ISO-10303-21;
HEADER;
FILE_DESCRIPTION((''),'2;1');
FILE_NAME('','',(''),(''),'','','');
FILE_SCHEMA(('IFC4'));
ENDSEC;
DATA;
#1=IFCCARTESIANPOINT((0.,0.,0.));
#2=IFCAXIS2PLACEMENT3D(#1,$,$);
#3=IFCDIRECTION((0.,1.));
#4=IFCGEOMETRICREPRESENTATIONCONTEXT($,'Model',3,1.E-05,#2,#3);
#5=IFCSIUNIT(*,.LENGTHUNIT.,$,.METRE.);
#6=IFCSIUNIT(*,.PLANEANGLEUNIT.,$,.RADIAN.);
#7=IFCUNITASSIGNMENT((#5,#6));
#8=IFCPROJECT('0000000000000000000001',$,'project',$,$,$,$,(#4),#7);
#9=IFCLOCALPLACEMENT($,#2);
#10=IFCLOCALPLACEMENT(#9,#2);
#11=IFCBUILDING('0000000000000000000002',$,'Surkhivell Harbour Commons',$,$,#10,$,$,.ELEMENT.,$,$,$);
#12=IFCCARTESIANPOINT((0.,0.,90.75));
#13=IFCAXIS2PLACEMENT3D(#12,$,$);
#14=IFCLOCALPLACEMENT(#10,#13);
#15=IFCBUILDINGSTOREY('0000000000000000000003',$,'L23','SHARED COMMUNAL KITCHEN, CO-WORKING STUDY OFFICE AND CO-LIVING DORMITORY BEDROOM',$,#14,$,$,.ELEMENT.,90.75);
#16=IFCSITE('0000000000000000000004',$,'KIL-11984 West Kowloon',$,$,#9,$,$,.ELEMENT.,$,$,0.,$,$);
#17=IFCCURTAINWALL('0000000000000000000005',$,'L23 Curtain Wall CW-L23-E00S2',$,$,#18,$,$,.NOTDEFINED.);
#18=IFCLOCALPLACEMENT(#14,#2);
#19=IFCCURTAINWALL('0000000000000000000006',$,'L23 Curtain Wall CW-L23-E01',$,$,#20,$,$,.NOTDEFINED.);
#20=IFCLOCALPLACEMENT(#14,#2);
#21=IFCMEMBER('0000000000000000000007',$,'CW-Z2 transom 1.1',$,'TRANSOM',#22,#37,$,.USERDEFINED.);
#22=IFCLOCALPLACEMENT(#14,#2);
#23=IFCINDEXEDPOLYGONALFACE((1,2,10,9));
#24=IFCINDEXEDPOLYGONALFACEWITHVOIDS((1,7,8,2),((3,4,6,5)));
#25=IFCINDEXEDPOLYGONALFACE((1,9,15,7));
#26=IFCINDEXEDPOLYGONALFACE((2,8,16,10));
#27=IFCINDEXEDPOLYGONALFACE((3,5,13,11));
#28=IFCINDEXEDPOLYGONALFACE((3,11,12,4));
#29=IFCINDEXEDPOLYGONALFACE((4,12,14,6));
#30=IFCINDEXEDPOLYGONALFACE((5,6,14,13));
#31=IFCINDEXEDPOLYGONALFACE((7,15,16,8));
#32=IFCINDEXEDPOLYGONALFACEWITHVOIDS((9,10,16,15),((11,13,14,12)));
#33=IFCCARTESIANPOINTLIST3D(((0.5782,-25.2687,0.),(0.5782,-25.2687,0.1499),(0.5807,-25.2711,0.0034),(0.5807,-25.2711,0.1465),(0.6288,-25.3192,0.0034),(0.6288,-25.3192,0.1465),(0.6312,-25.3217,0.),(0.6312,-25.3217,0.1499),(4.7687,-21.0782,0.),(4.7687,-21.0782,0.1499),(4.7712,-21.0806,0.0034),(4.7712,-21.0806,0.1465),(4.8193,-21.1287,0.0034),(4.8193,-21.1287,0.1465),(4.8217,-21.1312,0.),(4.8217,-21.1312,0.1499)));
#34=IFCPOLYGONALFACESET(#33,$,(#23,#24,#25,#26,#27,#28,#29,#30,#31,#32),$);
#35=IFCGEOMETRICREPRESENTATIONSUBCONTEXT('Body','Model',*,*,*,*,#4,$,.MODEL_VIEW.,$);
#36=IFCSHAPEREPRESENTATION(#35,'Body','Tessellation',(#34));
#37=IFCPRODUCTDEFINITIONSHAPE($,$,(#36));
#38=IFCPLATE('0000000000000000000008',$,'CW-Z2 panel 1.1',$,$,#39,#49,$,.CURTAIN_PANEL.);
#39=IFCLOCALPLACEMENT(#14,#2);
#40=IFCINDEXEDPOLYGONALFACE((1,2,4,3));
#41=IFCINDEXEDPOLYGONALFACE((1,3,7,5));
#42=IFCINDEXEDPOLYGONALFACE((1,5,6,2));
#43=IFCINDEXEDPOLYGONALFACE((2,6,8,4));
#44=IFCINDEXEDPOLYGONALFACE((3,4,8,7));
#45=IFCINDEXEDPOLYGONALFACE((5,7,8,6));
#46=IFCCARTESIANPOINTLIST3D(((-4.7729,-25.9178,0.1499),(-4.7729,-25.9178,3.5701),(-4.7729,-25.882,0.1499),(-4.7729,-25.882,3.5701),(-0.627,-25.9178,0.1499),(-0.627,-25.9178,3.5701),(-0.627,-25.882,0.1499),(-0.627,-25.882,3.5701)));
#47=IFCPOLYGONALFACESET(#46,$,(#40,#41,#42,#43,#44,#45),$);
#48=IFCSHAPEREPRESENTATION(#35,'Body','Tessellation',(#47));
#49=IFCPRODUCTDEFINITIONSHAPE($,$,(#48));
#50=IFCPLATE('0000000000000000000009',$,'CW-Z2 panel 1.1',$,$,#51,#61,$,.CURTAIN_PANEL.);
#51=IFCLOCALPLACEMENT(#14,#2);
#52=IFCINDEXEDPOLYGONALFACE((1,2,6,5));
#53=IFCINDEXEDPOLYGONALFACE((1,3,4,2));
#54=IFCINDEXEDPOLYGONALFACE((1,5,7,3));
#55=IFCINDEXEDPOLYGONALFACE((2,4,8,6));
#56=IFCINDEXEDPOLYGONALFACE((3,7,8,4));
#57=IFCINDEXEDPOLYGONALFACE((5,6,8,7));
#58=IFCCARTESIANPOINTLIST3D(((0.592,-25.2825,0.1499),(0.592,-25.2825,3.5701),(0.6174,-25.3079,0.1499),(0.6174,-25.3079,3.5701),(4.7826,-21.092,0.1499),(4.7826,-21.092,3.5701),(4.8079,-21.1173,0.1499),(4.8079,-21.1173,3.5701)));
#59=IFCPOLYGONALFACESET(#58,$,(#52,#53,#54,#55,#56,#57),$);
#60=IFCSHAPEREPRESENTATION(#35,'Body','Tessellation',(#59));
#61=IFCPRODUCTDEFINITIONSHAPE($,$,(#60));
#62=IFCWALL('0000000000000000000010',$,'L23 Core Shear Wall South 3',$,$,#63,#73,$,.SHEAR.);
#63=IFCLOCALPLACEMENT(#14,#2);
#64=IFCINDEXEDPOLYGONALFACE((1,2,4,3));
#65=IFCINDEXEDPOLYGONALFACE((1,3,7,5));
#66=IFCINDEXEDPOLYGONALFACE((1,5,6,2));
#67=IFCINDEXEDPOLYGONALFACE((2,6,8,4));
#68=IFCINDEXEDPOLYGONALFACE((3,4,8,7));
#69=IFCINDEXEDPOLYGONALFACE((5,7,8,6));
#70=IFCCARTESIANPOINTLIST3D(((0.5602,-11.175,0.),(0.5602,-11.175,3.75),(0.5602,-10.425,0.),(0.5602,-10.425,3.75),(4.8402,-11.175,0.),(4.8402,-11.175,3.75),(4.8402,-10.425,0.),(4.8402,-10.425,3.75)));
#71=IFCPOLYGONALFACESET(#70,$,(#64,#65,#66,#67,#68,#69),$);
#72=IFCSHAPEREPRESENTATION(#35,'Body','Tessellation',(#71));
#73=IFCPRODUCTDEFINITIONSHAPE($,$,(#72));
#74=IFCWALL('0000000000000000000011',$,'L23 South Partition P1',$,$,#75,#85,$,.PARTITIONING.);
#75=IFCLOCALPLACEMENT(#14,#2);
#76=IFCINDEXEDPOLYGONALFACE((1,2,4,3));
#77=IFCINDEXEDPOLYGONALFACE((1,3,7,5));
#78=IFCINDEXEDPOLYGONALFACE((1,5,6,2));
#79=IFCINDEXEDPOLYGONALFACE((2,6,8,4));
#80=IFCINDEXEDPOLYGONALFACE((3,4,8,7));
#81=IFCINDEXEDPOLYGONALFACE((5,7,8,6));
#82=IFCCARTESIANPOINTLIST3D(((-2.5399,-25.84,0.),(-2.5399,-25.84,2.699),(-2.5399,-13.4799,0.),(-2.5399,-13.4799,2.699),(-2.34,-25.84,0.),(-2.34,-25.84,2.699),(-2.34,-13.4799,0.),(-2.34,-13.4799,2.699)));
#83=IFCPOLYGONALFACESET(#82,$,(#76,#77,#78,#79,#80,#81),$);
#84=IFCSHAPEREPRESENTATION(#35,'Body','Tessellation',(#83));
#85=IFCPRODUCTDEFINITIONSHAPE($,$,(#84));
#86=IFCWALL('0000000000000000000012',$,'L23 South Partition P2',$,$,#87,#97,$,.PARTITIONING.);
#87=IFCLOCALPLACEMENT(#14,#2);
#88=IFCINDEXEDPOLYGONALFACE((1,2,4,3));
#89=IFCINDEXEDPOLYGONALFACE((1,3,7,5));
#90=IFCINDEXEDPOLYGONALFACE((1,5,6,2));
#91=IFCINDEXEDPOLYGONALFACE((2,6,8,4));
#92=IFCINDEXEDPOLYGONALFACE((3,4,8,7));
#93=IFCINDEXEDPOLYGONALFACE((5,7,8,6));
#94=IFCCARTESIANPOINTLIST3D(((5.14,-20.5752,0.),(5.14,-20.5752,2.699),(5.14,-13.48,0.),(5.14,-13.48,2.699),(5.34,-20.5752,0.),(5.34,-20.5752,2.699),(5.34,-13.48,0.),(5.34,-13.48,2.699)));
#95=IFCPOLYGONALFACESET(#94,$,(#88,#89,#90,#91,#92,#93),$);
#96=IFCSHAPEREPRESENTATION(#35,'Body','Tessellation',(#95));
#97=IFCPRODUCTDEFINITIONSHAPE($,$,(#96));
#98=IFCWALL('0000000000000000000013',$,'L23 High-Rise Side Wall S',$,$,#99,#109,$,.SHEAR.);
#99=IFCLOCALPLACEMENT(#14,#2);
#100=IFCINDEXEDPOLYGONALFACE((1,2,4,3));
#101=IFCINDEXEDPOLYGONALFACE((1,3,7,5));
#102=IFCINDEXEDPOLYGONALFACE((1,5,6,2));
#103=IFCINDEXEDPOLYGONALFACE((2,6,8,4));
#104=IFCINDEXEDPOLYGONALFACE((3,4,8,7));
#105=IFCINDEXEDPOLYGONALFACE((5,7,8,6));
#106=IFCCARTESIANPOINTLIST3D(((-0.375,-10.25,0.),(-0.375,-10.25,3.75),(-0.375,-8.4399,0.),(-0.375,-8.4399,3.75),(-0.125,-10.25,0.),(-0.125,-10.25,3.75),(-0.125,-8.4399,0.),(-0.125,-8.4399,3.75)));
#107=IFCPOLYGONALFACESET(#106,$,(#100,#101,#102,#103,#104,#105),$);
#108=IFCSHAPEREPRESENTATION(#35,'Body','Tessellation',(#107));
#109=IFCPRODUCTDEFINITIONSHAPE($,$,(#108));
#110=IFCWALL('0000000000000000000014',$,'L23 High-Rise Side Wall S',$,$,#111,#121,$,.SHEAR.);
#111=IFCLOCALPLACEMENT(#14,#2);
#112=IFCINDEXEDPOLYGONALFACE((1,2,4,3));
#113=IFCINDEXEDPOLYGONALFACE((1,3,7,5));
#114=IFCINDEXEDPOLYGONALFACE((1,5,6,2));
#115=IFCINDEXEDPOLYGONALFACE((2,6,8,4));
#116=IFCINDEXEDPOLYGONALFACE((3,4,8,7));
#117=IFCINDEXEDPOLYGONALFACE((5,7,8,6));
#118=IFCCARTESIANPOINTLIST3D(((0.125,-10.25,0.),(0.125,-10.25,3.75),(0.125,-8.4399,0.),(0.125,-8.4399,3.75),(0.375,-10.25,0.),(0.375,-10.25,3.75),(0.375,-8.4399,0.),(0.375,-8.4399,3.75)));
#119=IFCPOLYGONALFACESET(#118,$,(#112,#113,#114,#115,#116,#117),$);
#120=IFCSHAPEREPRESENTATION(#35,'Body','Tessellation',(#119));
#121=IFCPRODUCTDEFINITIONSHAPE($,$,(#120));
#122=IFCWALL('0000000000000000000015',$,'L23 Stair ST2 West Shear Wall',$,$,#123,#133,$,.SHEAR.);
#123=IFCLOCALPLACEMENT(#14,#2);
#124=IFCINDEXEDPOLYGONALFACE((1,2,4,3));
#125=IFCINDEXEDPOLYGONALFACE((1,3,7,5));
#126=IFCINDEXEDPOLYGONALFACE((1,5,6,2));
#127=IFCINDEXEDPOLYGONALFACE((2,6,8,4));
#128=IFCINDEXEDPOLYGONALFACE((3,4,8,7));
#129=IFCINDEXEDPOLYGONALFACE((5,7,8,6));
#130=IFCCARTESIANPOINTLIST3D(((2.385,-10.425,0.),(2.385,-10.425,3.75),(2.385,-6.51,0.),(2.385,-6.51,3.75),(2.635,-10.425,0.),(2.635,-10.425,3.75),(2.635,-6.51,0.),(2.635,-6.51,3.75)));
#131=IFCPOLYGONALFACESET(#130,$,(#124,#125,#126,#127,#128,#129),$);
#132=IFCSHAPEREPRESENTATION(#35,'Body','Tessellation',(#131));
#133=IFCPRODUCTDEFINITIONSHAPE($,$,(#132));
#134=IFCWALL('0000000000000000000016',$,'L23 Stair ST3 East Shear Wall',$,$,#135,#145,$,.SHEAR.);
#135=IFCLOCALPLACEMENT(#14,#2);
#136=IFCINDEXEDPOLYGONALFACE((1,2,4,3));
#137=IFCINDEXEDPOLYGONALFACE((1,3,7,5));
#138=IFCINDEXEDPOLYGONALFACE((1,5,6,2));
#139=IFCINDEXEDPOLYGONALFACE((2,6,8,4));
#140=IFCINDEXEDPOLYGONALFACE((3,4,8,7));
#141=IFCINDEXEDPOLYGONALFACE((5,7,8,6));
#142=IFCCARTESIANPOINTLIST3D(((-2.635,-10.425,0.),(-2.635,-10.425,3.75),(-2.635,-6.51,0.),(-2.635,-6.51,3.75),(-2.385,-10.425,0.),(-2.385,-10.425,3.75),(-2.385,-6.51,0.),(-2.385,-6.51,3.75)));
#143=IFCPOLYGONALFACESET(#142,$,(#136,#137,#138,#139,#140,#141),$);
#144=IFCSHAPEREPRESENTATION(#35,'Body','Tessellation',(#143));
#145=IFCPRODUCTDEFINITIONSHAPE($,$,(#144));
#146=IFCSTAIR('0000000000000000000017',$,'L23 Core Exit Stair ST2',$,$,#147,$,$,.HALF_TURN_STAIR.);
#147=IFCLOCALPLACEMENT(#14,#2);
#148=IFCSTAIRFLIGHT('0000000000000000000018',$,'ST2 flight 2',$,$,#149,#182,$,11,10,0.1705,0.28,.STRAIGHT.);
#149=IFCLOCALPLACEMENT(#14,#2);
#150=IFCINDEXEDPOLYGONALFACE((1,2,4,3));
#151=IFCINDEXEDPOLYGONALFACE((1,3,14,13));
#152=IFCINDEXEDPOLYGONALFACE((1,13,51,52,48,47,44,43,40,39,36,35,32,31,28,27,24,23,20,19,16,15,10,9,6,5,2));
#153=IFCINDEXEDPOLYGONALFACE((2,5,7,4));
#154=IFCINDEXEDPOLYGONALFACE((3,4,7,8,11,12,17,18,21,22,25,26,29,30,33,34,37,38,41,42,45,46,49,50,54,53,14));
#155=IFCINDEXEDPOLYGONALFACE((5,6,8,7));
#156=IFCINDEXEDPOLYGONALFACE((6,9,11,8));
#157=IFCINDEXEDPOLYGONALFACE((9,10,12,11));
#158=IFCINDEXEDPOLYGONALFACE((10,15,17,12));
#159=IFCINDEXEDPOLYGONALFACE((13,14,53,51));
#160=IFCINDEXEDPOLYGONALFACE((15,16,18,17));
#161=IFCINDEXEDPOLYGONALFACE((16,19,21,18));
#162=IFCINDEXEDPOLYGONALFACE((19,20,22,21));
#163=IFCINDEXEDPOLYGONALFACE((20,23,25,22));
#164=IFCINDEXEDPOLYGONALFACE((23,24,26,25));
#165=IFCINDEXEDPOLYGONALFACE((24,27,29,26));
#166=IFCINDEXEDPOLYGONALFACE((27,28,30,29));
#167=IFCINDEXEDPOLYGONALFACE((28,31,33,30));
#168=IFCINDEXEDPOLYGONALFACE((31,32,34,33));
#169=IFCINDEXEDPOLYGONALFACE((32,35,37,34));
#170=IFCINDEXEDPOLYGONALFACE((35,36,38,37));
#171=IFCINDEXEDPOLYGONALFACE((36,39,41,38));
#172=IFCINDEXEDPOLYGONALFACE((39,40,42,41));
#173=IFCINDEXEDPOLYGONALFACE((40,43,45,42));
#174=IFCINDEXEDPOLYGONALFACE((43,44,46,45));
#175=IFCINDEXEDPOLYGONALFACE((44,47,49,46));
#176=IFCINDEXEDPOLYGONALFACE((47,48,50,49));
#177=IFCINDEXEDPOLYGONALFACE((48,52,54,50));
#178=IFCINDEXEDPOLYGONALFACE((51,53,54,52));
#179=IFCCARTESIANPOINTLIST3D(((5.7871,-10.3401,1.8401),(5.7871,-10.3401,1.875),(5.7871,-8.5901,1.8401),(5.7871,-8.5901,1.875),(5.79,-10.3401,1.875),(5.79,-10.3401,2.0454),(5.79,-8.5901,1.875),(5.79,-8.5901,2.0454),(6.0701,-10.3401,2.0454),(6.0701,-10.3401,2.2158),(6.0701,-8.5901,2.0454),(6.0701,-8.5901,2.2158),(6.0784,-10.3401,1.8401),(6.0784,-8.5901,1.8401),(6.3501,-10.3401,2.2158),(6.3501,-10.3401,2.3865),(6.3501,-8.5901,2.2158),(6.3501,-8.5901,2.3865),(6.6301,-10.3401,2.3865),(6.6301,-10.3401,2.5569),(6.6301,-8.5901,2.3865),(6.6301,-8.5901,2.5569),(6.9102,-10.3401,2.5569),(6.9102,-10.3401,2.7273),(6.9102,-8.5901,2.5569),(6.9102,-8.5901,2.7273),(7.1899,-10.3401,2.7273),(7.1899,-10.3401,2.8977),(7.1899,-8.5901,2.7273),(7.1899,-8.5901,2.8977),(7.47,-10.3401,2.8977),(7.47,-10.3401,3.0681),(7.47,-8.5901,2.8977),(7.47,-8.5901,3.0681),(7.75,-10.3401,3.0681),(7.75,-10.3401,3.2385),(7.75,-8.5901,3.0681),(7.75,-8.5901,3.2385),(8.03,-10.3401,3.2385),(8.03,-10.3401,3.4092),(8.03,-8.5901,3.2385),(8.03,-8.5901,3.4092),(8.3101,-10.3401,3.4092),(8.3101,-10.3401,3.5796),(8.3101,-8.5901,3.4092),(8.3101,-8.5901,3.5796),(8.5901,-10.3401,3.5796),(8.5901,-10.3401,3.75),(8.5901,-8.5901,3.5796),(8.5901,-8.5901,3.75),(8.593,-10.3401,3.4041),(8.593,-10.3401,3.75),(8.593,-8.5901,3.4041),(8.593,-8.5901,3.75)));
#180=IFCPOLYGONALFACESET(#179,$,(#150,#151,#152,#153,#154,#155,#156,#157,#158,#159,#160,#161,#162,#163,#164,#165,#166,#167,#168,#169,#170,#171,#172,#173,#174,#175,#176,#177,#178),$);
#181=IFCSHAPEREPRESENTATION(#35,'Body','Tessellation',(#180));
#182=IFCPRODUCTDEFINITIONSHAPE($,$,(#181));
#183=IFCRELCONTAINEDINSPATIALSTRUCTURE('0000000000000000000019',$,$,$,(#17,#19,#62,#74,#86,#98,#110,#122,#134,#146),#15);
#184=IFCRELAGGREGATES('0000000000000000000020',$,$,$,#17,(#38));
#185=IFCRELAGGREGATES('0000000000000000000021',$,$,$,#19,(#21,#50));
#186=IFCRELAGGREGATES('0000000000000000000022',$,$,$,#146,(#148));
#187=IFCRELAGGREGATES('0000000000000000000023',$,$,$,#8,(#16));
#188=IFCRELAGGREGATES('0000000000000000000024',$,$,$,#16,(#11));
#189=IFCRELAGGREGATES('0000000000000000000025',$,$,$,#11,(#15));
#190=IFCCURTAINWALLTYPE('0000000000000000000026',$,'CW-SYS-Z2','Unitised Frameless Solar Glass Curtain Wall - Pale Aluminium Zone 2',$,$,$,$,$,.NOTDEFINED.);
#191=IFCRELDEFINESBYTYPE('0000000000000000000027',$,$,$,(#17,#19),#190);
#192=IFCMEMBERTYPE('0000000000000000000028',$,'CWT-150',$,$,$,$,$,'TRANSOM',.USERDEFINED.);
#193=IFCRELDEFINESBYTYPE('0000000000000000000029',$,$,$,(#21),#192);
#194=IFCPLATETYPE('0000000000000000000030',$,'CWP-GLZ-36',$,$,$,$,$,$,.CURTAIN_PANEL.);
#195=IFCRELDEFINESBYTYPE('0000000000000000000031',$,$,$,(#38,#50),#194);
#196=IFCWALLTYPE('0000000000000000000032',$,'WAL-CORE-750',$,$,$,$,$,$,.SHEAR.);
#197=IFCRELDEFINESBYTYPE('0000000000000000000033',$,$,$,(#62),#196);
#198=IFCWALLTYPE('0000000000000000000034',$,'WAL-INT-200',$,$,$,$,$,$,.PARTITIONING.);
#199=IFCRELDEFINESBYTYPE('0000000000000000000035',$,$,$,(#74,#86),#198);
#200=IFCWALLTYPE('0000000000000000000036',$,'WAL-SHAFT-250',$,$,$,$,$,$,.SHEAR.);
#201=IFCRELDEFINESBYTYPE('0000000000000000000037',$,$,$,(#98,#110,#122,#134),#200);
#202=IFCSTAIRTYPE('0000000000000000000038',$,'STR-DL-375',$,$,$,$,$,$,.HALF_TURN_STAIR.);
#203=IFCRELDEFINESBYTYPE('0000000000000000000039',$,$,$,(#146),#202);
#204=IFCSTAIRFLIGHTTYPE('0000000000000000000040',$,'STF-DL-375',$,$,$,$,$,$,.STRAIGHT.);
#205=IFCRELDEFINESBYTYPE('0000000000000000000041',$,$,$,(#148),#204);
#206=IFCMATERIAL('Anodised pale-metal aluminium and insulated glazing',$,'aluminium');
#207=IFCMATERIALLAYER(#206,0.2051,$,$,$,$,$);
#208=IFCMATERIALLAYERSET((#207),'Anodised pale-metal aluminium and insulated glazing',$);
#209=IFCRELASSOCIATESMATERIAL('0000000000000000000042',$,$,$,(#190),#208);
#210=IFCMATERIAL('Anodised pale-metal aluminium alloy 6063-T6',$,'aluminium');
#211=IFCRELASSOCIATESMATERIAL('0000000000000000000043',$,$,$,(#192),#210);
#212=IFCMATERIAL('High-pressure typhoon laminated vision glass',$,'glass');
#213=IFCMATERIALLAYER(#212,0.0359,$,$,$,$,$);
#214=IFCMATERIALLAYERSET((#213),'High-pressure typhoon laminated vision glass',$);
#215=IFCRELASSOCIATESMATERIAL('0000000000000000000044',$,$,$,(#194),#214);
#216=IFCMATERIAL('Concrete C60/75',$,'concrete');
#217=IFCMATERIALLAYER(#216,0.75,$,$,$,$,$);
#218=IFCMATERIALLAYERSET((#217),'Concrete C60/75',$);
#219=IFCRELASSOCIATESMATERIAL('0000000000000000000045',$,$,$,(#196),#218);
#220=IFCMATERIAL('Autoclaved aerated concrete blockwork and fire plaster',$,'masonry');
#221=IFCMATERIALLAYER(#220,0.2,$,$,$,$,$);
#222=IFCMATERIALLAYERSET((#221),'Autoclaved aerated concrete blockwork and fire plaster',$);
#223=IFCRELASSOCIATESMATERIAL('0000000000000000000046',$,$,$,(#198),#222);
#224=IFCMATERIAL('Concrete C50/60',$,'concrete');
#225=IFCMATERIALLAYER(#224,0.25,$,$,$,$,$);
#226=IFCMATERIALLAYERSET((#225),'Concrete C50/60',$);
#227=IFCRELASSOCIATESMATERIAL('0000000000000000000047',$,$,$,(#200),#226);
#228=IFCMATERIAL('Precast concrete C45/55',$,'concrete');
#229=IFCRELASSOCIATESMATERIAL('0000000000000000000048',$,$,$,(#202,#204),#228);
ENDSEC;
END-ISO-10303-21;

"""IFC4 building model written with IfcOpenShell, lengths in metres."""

from ifc_helpers import new_model, si_unit, direction, frame, frame_2d, origin, origin_2d, place, context, subcontext, project, spatial, polyline, rectangle, hollow_rectangle, outline, extrude, material, layer, layer_set, material_profile, profile_set, type_object, element, aggregate, save


model = new_model("IFC4")

# Units and contexts
model_context = context("Model", 3, precision=1e-05, world=origin(), true_north=direction((0.0, 1.0)))
body_context = subcontext(model_context, "Body", "Model", "MODEL_VIEW")
ifc_project = project(units=[si_unit("LENGTHUNIT", "METRE"), si_unit("PLANEANGLEUNIT", "RADIAN")], contexts=[model_context])

# Site, building, storey
site_placement = place(None, origin())
site = spatial("IfcSite", under=ifc_project, at=site_placement, Name="KIL-11984 West Kowloon", CompositionType="ELEMENT", RefElevation=0.0)
building_placement = place(site_placement, origin())
building = spatial("IfcBuilding", under=site, at=building_placement, Name="Surkhivell Harbour Commons", CompositionType="ELEMENT")
storey_placement = place(building_placement, frame((0.0, 0.0, 90.75)))
storey = spatial("IfcBuildingStorey", under=building, at=storey_placement, Name="L23", Description="SHARED COMMUNAL KITCHEN, CO-WORKING STUDY OFFICE AND CO-LIVING DORMITORY BEDROOM", CompositionType="ELEMENT", Elevation=90.75)

# Shared definitions
ifc_material_1 = material(Name="Concrete C60/75", Category="concrete")

# Curtain wall
ifc_material_2 = material(Name="Anodised pale-metal aluminium and insulated glazing", Category="aluminium")
ifc_layer_1 = layer(ifc_material_2, 0.2051)
ifc_layer_set_1 = layer_set([ifc_layer_1], Name="Anodised pale-metal aluminium and insulated glazing")
curtain_wall_type = type_object("IfcCurtainWallType", Name="CW-SYS-Z2", Description="Unitised Frameless Solar Glass Curtain Wall - Pale Aluminium Zone 2", PredefinedType="NOTDEFINED", material=ifc_layer_set_1)
curtain_wall_1_placement = place(storey_placement, origin())
curtain_wall_1 = element("IfcCurtainWall", 1, at=curtain_wall_1_placement, inside=storey, type_object=curtain_wall_type, Name="L23 Curtain Wall CW-L23-E00S2", PredefinedType="NOTDEFINED")
ifc_material_3 = material(Name="Anodised pale-metal aluminium alloy 6063-T6", Category="aluminium")

# Curtain wall
curtain_wall_2_placement = place(storey_placement, origin())
curtain_wall_2 = element("IfcCurtainWall", 2, at=curtain_wall_2_placement, inside=storey, type_object=curtain_wall_type, Name="L23 Curtain Wall CW-L23-E01", PredefinedType="NOTDEFINED")

# Member
ifc_material_profile_1 = material_profile(ifc_material_3, hollow_rectangle(XDim=0.075, YDim=0.1499, WallThickness=0.0034, at=origin_2d()), Name="ALU-TRAN-75x150")
ifc_profile_set_1 = profile_set([ifc_material_profile_1], Name="Anodised pale-metal aluminium alloy 6063-T6")
member_type_1 = type_object("IfcMemberType", Name="CWT-150", ElementType="TRANSOM", PredefinedType="USERDEFINED", material=ifc_profile_set_1)
member_1_placement = place(storey_placement, frame((0.6047, -25.2952, 0.075), z_axis=(0.707107, 0.707107, 0.0), x_axis=(-0.707107, 0.707107, 0.0)))
member_1 = element("IfcMember", 3, at=member_1_placement, type_object=member_type_1, Name="CW-Z2 transom 1.1", ObjectType="TRANSOM", PredefinedType="USERDEFINED", context=body_context, shape_type="SweptSolid", body=[
    extrude(hollow_rectangle(XDim=0.075, YDim=0.1499, WallThickness=0.0034, at=origin_2d()), origin(), (0.0, 0.0, 1.0), 5.9263),
])

# Plates
ifc_material_4 = material(Name="High-pressure typhoon laminated vision glass", Category="glass")
ifc_layer_2 = layer(ifc_material_4, 0.0359)
ifc_layer_set_2 = layer_set([ifc_layer_2], Name="High-pressure typhoon laminated vision glass")
plate_type = type_object("IfcPlateType", Name="CWP-GLZ-36", PredefinedType="CURTAIN_PANEL", material=ifc_layer_set_2)
plate_1_placement = place(storey_placement, frame((-4.7729, -25.8999, 0.1499), z_axis=(0.0, 0.0, 1.0), x_axis=(1.0, 0.0, 0.0)))
plate_1 = element("IfcPlate", 4, at=plate_1_placement, type_object=plate_type, Name="CW-Z2 panel 1.1", PredefinedType="CURTAIN_PANEL", context=body_context, shape_type="SweptSolid", body=[
    extrude(rectangle(XDim=4.146, YDim=0.0359, at=frame_2d((2.073, 0.0))), origin(), (0.0, 0.0, 1.0), 3.4202),
])
aggregate(curtain_wall_1, [plate_1])
plate_2_placement = place(storey_placement, frame((0.6047, -25.2952, 0.1499), z_axis=(0.0, 0.0, 1.0), x_axis=(0.707107, 0.707107, 0.0)))
plate_2 = element("IfcPlate", 5, at=plate_2_placement, type_object=plate_type, Name="CW-Z2 panel 1.1", PredefinedType="CURTAIN_PANEL", context=body_context, shape_type="SweptSolid", body=[
    extrude(rectangle(XDim=5.9263, YDim=0.0359, at=frame_2d((2.9631, 0.0))), origin(), (0.0, 0.0, 1.0), 3.4202),
])
aggregate(curtain_wall_2, [member_1, plate_2])

# Walls
ifc_layer_3 = layer(ifc_material_1, 0.75)
ifc_layer_set_3 = layer_set([ifc_layer_3], Name="Concrete C60/75")
wall_type_1 = type_object("IfcWallType", Name="WAL-CORE-750", PredefinedType="SHEAR", material=ifc_layer_set_3)
wall_1_placement = place(storey_placement, frame((0.5601, -10.8, 0.0), z_axis=(0.0, 0.0, 1.0), x_axis=(1.0, 0.0, 0.0)))
element("IfcWall", 6, at=wall_1_placement, inside=storey, type_object=wall_type_1, Name="L23 Core Shear Wall South 3", PredefinedType="SHEAR", context=body_context, shape_type="SweptSolid", body=[
    extrude(rectangle(XDim=4.28, YDim=0.75, at=frame_2d((2.1401, 0.0))), origin(), (0.0, 0.0, 1.0), 3.75),
])
ifc_material_5 = material(Name="Autoclaved aerated concrete blockwork and fire plaster", Category="masonry")
ifc_layer_4 = layer(ifc_material_5, 0.2)
ifc_layer_set_4 = layer_set([ifc_layer_4], Name="Autoclaved aerated concrete blockwork and fire plaster")
wall_type_2 = type_object("IfcWallType", Name="WAL-INT-200", PredefinedType="PARTITIONING", material=ifc_layer_set_4)
wall_2_placement = place(storey_placement, frame((-2.4399, -25.8401, 0.0), z_axis=(0.0, 0.0, 1.0), x_axis=(0.0, 1.0, 0.0)))
element("IfcWall", 7, at=wall_2_placement, inside=storey, type_object=wall_type_2, Name="L23 South Partition P1", PredefinedType="PARTITIONING", context=body_context, shape_type="SweptSolid", body=[
    extrude(rectangle(XDim=12.3601, YDim=0.2, at=frame_2d((6.1802, 0.0))), origin(), (0.0, 0.0, 1.0), 2.699),
])
wall_3_placement = place(storey_placement, frame((5.24, -20.5752, 0.0), z_axis=(0.0, 0.0, 1.0), x_axis=(0.0, 1.0, 0.0)))
element("IfcWall", 8, at=wall_3_placement, inside=storey, type_object=wall_type_2, Name="L23 South Partition P2", PredefinedType="PARTITIONING", context=body_context, shape_type="SweptSolid", body=[
    extrude(rectangle(XDim=7.0952, YDim=0.2, at=frame_2d((3.5476, 0.0))), origin(), (0.0, 0.0, 1.0), 2.699),
])
ifc_material_6 = material(Name="Concrete C50/60", Category="concrete")
ifc_layer_5 = layer(ifc_material_6, 0.25)
ifc_layer_set_5 = layer_set([ifc_layer_5], Name="Concrete C50/60")
wall_type_3 = type_object("IfcWallType", Name="WAL-SHAFT-250", PredefinedType="SHEAR", material=ifc_layer_set_5)
for number, where, z_axis, x_axis, name in (
    (9, (-0.25, -10.25, 0.0), (0.0, 0.0, 1.0), (0.0, 1.0, 0.0), "L23 High-Rise Side Wall S"),
    (10, (0.25, -10.25, 0.0), (0.0, 0.0, 1.0), (0.0, 1.0, 0.0), "L23 High-Rise Side Wall S"),
):
    element("IfcWall", number, at=place(storey_placement, frame(where, z_axis=z_axis, x_axis=x_axis)), inside=storey, type_object=wall_type_3, Name=name, PredefinedType="SHEAR", context=body_context, shape_type="SweptSolid", body=[
        extrude(rectangle(XDim=1.8101, YDim=0.25, at=frame_2d((0.905, 0.0))), origin(), (0.0, 0.0, 1.0), 3.75),
    ])
for number, where, z_axis, x_axis, name in (
    (11, (2.51, -10.425, 0.0), (0.0, 0.0, 1.0), (0.0, 1.0, 0.0), "L23 Stair ST2 West Shear Wall"),
    (12, (-2.51, -10.425, 0.0), (0.0, 0.0, 1.0), (0.0, 1.0, 0.0), "L23 Stair ST3 East Shear Wall"),
):
    element("IfcWall", number, at=place(storey_placement, frame(where, z_axis=z_axis, x_axis=x_axis)), inside=storey, type_object=wall_type_3, Name=name, PredefinedType="SHEAR", context=body_context, shape_type="SweptSolid", body=[
        extrude(rectangle(XDim=3.915, YDim=0.25, at=frame_2d((1.9575, 0.0))), origin(), (0.0, 0.0, 1.0), 3.75),
    ])

# Stair, stair flight
ifc_material_7 = material(Name="Precast concrete C45/55", Category="concrete")
stair_type = type_object("IfcStairType", Name="STR-DL-375", PredefinedType="HALF_TURN_STAIR", material=ifc_material_7)
stair_placement = place(storey_placement, origin())
stair = element("IfcStair", 13, at=stair_placement, inside=storey, type_object=stair_type, Name="L23 Core Exit Stair ST2", PredefinedType="HALF_TURN_STAIR")
stair_flight_type = type_object("IfcStairFlightType", Name="STF-DL-375", PredefinedType="STRAIGHT", material=ifc_material_7)
stair_flight_placement = place(storey_placement, frame((5.79, -9.4651, 1.875), z_axis=(0.0, 0.0, 1.0), x_axis=(1.0, 0.0, 0.0)))
stair_flight = element("IfcStairFlight", 14, at=stair_flight_placement, type_object=stair_flight_type, Name="ST2 flight 2", NumberOfRisers=11, NumberOfTreads=10, PredefinedType="STRAIGHT", RiserHeight=0.1705, TreadLength=0.28, context=body_context, shape_type="SweptSolid", body=[
    extrude(outline(polyline([(-0.0029, -0.0349), (-0.0029, 0.0), (0.0, 0.0), (0.0, 0.1704), (0.28, 0.1704), (0.28, 0.3408), (0.5601, 0.3408), (0.5601, 0.5115), (0.8401, 0.5115), (0.8401, 0.6819), (1.1201, 0.6819), (1.1201, 0.8523), (1.3999, 0.8523), (1.3999, 1.0227), (1.6799, 1.0227), (1.6799, 1.1931), (1.96, 1.1931), (1.96, 1.3635), (2.24, 1.3635), (2.24, 1.5342), (2.52, 1.5342), (2.52, 1.7046), (2.8, 1.7046), (2.8, 1.875), (2.803, 1.875), (2.803, 1.5291), (0.2883, -0.0349), (-0.0029, -0.0349)])), frame((0.0, 0.875, 0.0), z_axis=(0.0, -1.0, 0.0), x_axis=(1.0, 0.0, 0.0)), (0.0, 0.0, 1.0), 1.75),
])
aggregate(stair, [stair_flight])

save(model, "model.ifc")
